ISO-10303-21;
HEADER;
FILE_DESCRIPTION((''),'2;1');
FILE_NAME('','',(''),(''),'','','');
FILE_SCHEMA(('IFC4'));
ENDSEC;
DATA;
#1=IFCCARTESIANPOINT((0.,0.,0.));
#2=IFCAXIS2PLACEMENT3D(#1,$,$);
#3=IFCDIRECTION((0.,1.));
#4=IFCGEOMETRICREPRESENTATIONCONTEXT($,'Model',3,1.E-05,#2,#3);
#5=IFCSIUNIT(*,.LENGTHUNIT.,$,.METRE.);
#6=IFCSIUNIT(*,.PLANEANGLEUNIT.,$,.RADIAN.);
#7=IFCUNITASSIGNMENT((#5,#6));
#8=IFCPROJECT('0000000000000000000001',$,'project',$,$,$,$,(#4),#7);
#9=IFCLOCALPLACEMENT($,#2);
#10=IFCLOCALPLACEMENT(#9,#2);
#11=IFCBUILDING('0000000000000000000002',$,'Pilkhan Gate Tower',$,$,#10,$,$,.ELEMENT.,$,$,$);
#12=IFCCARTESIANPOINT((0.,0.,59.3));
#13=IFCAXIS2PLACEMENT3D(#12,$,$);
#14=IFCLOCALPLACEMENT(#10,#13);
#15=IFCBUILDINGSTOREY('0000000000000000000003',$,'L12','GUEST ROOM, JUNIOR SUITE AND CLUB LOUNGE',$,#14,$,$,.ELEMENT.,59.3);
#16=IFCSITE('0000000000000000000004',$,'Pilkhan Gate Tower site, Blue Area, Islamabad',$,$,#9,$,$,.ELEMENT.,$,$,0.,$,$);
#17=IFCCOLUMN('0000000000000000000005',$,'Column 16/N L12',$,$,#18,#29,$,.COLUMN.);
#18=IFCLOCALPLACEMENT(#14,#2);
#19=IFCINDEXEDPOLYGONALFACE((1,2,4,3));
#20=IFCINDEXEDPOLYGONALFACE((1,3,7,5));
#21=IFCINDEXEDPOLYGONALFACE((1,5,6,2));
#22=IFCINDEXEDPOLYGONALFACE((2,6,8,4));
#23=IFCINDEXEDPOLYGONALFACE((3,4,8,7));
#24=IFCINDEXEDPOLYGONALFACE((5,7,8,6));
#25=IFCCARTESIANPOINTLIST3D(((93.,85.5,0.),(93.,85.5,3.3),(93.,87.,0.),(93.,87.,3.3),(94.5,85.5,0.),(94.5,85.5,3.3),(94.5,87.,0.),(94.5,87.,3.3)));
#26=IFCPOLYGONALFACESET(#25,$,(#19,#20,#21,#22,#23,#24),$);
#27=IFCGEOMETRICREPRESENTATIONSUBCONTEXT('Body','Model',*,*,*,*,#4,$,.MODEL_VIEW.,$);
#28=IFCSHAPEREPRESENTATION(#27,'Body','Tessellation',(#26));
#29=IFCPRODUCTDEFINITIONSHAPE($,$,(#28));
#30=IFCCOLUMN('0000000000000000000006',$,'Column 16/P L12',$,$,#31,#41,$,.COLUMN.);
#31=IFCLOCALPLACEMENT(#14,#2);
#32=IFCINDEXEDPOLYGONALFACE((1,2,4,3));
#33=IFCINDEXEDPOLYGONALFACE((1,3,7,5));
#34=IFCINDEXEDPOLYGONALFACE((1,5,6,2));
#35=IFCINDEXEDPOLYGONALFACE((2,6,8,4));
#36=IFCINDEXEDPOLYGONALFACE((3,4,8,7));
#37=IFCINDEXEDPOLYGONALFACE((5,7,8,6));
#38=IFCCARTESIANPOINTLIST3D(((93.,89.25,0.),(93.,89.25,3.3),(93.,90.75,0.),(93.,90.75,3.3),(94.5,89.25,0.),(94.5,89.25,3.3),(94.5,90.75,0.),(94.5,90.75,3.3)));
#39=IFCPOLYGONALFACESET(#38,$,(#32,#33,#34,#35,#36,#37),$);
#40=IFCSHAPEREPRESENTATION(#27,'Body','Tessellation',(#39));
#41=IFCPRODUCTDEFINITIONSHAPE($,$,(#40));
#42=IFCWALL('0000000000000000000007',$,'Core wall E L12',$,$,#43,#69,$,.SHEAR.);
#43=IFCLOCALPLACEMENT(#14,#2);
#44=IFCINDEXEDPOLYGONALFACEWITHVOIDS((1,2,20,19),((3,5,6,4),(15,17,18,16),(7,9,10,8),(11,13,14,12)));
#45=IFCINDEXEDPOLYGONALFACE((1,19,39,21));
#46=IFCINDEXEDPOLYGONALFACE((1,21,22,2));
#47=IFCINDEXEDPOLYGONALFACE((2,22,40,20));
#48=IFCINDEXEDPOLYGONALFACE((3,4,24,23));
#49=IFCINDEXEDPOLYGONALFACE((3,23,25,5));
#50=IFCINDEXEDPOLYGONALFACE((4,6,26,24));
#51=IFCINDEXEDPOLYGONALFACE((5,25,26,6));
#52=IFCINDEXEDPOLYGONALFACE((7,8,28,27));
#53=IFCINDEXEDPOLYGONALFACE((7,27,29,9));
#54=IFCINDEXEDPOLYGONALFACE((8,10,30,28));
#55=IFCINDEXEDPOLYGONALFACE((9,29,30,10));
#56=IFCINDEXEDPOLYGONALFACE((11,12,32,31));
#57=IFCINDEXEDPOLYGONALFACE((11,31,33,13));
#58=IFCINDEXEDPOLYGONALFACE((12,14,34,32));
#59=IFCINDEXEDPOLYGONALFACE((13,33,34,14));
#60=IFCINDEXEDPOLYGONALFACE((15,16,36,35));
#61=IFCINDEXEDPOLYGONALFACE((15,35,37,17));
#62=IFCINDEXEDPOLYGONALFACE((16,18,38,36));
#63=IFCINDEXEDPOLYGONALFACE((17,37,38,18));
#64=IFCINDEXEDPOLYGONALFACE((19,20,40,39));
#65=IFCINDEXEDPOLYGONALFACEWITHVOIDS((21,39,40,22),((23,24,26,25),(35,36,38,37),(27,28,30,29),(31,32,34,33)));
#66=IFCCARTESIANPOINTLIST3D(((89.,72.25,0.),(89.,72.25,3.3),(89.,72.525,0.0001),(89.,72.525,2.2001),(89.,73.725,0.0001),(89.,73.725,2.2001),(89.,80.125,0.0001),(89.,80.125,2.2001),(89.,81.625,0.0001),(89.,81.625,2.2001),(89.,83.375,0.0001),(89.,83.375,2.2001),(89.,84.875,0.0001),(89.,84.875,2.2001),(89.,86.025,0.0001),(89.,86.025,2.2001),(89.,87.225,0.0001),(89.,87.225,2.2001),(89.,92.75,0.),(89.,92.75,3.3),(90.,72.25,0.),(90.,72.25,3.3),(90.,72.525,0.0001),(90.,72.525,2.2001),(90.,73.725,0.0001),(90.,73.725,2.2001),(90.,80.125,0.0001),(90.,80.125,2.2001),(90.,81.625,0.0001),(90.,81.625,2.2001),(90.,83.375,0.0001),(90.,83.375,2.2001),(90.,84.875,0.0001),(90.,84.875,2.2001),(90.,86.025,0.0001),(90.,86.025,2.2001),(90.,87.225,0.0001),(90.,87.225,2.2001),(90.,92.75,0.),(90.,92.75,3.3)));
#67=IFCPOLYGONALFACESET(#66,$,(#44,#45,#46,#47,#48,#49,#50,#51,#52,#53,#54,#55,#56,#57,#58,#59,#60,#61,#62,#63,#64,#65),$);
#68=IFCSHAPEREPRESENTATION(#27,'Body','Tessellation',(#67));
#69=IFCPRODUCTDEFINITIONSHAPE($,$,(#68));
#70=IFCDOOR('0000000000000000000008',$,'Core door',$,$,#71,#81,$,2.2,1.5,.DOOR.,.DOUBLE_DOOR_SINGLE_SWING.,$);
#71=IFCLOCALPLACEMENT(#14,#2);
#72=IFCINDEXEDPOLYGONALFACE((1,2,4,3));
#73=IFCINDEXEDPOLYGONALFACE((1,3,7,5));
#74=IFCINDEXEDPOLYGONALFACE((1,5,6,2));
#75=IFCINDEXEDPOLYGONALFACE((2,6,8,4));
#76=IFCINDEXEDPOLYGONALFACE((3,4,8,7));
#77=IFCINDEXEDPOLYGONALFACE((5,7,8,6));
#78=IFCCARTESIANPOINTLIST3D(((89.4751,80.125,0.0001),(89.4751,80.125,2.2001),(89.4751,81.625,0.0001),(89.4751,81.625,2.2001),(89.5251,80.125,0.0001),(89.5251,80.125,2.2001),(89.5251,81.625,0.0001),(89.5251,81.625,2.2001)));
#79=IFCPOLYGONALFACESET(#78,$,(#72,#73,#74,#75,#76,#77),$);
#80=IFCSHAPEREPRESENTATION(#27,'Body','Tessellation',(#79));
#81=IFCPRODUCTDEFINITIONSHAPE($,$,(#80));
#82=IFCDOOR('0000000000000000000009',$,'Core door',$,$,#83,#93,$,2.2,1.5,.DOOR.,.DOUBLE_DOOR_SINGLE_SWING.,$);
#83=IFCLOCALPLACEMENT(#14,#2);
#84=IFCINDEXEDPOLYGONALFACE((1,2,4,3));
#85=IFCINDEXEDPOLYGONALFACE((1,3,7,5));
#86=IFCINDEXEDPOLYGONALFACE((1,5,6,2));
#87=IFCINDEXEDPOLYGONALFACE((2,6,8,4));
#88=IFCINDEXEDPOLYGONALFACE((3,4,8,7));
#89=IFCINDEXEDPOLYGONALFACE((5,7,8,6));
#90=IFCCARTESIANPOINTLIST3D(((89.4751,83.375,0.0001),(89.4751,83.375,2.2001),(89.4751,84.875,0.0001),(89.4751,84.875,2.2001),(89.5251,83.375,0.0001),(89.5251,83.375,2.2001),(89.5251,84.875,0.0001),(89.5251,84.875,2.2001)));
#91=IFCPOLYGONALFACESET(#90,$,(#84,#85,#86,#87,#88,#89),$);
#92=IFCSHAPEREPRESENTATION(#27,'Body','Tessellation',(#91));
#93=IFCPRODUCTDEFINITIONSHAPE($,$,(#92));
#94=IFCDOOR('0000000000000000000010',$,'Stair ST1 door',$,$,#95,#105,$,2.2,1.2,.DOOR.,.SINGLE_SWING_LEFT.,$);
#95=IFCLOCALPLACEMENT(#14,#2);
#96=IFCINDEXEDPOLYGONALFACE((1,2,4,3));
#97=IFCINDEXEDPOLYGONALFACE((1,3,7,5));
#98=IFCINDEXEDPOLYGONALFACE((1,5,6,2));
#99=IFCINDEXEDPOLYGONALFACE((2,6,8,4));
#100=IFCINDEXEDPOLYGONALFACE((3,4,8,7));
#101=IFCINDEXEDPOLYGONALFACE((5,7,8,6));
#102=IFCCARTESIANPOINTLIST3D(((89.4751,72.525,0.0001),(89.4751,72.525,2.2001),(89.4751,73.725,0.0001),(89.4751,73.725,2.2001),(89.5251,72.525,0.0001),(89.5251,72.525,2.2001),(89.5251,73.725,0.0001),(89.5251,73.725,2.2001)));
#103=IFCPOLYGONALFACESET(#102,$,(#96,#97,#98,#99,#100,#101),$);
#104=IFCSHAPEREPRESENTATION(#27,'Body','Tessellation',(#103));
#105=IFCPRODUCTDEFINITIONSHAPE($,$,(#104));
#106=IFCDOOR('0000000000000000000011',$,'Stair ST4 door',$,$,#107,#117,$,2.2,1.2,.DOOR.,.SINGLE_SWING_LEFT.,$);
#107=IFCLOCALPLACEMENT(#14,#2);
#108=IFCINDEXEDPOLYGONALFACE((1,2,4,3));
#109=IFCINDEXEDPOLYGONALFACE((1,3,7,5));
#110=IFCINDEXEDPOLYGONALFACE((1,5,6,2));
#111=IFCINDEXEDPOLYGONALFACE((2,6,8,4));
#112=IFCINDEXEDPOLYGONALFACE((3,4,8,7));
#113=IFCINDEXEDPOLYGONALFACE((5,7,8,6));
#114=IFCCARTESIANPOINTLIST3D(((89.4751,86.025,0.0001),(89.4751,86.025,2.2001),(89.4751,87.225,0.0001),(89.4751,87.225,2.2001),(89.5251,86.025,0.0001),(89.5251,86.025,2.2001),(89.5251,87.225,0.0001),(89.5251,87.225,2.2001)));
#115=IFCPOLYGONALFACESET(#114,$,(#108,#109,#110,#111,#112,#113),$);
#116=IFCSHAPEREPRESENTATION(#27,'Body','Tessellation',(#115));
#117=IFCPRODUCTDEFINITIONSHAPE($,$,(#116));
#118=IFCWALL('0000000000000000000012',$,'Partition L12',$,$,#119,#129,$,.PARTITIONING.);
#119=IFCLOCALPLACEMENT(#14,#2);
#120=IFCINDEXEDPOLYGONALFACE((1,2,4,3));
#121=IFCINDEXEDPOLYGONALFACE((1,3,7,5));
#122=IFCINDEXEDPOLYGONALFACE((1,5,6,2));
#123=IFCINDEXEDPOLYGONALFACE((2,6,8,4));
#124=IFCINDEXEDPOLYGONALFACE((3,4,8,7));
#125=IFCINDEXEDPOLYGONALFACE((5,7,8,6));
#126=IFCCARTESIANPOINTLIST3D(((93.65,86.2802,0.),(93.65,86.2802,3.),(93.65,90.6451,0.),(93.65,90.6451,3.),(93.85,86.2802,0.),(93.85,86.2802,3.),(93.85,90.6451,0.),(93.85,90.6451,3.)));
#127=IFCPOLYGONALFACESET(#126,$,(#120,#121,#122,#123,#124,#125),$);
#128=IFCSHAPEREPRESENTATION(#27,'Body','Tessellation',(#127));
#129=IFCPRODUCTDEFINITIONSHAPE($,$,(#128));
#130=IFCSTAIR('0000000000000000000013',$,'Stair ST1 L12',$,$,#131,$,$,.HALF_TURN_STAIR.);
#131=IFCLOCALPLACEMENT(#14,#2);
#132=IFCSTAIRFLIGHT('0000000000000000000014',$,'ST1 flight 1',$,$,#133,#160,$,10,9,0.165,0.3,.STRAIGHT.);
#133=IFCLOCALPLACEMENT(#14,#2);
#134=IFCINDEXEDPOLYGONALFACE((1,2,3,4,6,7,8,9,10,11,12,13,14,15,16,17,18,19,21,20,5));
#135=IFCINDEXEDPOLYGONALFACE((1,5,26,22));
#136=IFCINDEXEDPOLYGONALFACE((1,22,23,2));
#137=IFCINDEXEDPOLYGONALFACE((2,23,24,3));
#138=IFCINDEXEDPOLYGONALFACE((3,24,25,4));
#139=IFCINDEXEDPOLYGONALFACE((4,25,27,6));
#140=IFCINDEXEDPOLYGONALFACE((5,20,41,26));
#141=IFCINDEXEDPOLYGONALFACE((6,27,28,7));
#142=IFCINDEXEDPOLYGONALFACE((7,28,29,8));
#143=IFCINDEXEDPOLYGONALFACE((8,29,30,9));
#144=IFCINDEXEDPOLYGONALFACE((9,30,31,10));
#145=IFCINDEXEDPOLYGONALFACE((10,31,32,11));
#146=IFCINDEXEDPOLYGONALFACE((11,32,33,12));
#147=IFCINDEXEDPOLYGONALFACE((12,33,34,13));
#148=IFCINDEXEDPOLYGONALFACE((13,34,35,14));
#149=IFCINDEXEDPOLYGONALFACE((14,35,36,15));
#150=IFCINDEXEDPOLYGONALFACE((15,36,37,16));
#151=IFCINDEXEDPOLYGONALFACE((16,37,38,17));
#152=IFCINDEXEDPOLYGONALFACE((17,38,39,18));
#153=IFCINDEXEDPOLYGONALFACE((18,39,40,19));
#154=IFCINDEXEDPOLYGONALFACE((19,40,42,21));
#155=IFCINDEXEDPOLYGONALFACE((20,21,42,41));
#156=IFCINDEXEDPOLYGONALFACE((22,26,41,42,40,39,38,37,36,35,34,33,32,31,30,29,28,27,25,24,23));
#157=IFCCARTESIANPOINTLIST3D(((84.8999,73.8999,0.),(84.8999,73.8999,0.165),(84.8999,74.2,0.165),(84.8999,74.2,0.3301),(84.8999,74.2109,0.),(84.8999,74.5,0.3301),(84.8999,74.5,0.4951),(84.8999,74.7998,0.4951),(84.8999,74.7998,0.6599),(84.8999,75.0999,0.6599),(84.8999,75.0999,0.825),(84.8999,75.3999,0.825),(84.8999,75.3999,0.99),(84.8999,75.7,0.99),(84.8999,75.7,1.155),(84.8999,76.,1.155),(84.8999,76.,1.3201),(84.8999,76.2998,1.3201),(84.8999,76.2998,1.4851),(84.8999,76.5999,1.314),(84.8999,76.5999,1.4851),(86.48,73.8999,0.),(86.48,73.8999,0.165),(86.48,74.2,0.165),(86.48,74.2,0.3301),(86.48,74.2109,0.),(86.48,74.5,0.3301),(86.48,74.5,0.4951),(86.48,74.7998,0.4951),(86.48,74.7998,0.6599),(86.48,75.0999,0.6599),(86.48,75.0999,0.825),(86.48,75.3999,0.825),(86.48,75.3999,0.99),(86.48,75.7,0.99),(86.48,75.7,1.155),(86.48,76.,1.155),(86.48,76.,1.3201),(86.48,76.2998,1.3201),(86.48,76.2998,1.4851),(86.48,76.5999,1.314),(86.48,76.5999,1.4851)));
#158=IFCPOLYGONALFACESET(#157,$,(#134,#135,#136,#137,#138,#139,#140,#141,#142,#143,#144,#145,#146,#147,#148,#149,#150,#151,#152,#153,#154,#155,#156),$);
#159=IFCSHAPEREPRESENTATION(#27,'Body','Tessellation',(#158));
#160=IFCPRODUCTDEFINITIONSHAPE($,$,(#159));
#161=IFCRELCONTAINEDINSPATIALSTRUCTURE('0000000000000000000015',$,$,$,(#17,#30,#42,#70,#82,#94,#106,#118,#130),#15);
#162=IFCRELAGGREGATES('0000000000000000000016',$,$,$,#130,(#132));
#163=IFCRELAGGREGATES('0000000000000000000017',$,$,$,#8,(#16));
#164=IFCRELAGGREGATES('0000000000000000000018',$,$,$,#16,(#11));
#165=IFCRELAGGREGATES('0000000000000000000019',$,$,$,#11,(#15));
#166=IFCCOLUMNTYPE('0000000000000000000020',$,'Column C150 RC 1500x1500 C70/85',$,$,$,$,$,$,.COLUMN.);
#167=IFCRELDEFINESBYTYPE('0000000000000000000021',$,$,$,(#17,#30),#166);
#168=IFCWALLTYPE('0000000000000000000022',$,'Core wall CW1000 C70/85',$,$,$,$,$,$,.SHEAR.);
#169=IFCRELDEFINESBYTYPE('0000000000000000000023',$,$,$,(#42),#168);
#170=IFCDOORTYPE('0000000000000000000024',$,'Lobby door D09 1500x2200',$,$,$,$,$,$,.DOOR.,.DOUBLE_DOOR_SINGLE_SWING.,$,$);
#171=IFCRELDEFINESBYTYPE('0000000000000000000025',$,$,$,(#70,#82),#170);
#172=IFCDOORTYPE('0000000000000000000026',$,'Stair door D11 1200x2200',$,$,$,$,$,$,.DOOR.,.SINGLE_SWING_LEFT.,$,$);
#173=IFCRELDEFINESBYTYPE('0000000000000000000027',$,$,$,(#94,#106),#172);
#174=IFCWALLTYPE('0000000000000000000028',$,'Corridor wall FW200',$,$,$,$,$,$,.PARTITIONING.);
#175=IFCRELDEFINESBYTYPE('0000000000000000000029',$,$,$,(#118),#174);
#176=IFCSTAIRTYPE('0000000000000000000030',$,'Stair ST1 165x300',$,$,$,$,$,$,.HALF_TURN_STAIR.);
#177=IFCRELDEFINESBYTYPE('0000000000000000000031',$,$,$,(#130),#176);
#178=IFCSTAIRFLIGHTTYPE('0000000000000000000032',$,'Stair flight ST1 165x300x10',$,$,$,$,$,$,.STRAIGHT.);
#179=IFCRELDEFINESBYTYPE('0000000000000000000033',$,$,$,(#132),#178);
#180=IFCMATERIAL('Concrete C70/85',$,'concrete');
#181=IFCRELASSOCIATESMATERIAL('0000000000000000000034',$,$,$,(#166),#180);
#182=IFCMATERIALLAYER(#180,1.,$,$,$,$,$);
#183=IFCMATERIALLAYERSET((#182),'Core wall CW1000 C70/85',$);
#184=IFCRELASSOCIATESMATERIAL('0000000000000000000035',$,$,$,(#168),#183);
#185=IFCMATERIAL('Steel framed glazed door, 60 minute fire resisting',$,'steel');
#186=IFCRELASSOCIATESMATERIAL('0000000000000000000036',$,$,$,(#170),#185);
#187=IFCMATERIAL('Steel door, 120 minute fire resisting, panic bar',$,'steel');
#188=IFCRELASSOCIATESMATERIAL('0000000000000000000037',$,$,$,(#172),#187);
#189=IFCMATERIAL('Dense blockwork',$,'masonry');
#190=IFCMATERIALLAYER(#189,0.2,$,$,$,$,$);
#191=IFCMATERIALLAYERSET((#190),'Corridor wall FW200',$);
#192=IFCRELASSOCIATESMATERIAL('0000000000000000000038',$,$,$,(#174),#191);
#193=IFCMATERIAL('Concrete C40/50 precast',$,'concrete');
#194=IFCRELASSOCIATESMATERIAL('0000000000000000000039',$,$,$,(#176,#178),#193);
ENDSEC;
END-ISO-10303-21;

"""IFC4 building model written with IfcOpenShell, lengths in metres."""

from ifc_helpers import new_model, si_unit, direction, frame, frame_2d, origin, origin_2d, place, context, subcontext, project, spatial, polyline, rectangle, outline, extrude, material, layer, layer_set, material_profile, profile_set, type_object, element, fill, aggregate, save


model = new_model("IFC4")

# Units and contexts
model_context = context("Model", 3, precision=1e-05, world=origin(), true_north=direction((0.0, 1.0)))
body_context = subcontext(model_context, "Body", "Model", "MODEL_VIEW")
ifc_project = project(units=[si_unit("LENGTHUNIT", "METRE"), si_unit("PLANEANGLEUNIT", "RADIAN")], contexts=[model_context])

# Site, building, storey
site_placement = place(None, origin())
site = spatial("IfcSite", under=ifc_project, at=site_placement, Name="Pilkhan Gate Tower site, Blue Area, Islamabad", CompositionType="ELEMENT", RefElevation=0.0)
building_placement = place(site_placement, origin())
building = spatial("IfcBuilding", under=site, at=building_placement, Name="Pilkhan Gate Tower", CompositionType="ELEMENT")
storey_placement = place(building_placement, frame((0.0, 0.0, 59.3)))
storey = spatial("IfcBuildingStorey", under=building, at=storey_placement, Name="L12", Description="GUEST ROOM, JUNIOR SUITE AND CLUB LOUNGE", CompositionType="ELEMENT", Elevation=59.3)

# Columns
ifc_material_1 = material(Name="Concrete C70/85", Category="concrete")
ifc_material_profile = material_profile(ifc_material_1, rectangle(XDim=1.5, YDim=1.5, at=origin_2d()), Name="RC 1500x1500")
ifc_profile_set = profile_set([ifc_material_profile], Name="Concrete C70/85")
column_type = type_object("IfcColumnType", Name="Column C150 RC 1500x1500 C70/85", PredefinedType="COLUMN", material=ifc_profile_set)
for number, where, z_axis, x_axis, name in (
    (1, (93.75, 86.25, 0.0), (0.0, 0.0, 1.0), (1.0, 0.0, 0.0), "Column 16/N L12"),
    (2, (93.75, 90.0, 0.0), (0.0, 0.0, 1.0), (1.0, 0.0, 0.0), "Column 16/P L12"),
):
    element("IfcColumn", number, at=place(storey_placement, frame(where, z_axis=z_axis, x_axis=x_axis)), inside=storey, type_object=column_type, Name=name, PredefinedType="COLUMN", context=body_context, shape_type="SweptSolid", body=[
        extrude(rectangle(XDim=1.5, YDim=1.5, at=origin_2d()), origin(), (0.0, 0.0, 1.0), 3.3),
    ])

# Wall, openings, doors
ifc_layer_1 = layer(ifc_material_1, 1.0)
ifc_layer_set_1 = layer_set([ifc_layer_1], Name="Core wall CW1000 C70/85")
wall_type_1 = type_object("IfcWallType", Name="Core wall CW1000 C70/85", PredefinedType="SHEAR", material=ifc_layer_set_1)
wall_1_placement = place(storey_placement, frame((89.5, 72.25, 0.0), z_axis=(0.0, 0.0, 1.0), x_axis=(0.0, 1.0, 0.0)))
wall_1 = element("IfcWall", 3, at=wall_1_placement, inside=storey, type_object=wall_type_1, Name="Core wall E L12", PredefinedType="SHEAR", context=body_context, shape_type="SweptSolid", body=[
    extrude(rectangle(XDim=20.5, YDim=1.0, at=frame_2d((10.25, 0.0))), origin(), (0.0, 0.0, 1.0), 3.3),
])
opening_1_placement = place(wall_1_placement, frame((0.2749, 0.0, 0.0)))
opening_1 = element("IfcOpeningElement", 4, at=opening_1_placement, cuts=wall_1, PredefinedType="OPENING", context=body_context, shape_type="SweptSolid", body=[
    extrude(rectangle(XDim=1.2, YDim=2.2, at=frame_2d((0.6001, 1.1001))), frame((0.0, 0.51, 0.0), z_axis=(0.0, -1.0, 0.0), x_axis=(1.0, 0.0, 0.0)), (0.0, 0.0, 1.0), 1.02),
])
opening_2_placement = place(wall_1_placement, frame((13.7749, 0.0, 0.0)))
opening_2 = element("IfcOpeningElement", 5, at=opening_2_placement, cuts=wall_1, PredefinedType="OPENING", context=body_context, shape_type="SweptSolid", body=[
    extrude(rectangle(XDim=1.2, YDim=2.2, at=frame_2d((0.6001, 1.1001))), frame((0.0, 0.51, 0.0), z_axis=(0.0, -1.0, 0.0), x_axis=(1.0, 0.0, 0.0)), (0.0, 0.0, 1.0), 1.02),
])
opening_3_placement = place(wall_1_placement, frame((7.875, 0.0, 0.0)))
opening_3 = element("IfcOpeningElement", 6, at=opening_3_placement, cuts=wall_1, PredefinedType="OPENING", context=body_context, shape_type="SweptSolid", body=[
    extrude(rectangle(XDim=1.5, YDim=2.2, at=frame_2d((0.75, 1.1001))), frame((0.0, 0.51, 0.0), z_axis=(0.0, -1.0, 0.0), x_axis=(1.0, 0.0, 0.0)), (0.0, 0.0, 1.0), 1.02),
])
opening_4_placement = place(wall_1_placement, frame((11.125, 0.0, 0.0)))
opening_4 = element("IfcOpeningElement", 7, at=opening_4_placement, cuts=wall_1, PredefinedType="OPENING", context=body_context, shape_type="SweptSolid", body=[
    extrude(rectangle(XDim=1.5, YDim=2.2, at=frame_2d((0.75, 1.1001))), frame((0.0, 0.51, 0.0), z_axis=(0.0, -1.0, 0.0), x_axis=(1.0, 0.0, 0.0)), (0.0, 0.0, 1.0), 1.02),
])
ifc_material_2 = material(Name="Steel framed glazed door, 60 minute fire resisting", Category="steel")
door_type_1 = type_object("IfcDoorType", Name="Lobby door D09 1500x2200", OperationType="DOUBLE_DOOR_SINGLE_SWING", PredefinedType="DOOR", material=ifc_material_2)
door_1_placement = place(opening_3_placement, origin())
door_1 = element("IfcDoor", 8, at=door_1_placement, inside=storey, type_object=door_type_1, Name="Core door", OperationType="DOUBLE_DOOR_SINGLE_SWING", OverallHeight=2.2, OverallWidth=1.5, PredefinedType="DOOR", context=body_context, shape_type="SweptSolid", body=[
    extrude(rectangle(XDim=1.5, YDim=2.2, at=frame_2d((0.75, 1.1001))), frame((0.0, 0.0249, 0.0), z_axis=(0.0, -1.0, 0.0), x_axis=(1.0, 0.0, 0.0)), (0.0, 0.0, 1.0), 0.05),
])
fill(opening_3, door_1)
door_2_placement = place(opening_4_placement, origin())
door_2 = element("IfcDoor", 9, at=door_2_placement, inside=storey, type_object=door_type_1, Name="Core door", OperationType="DOUBLE_DOOR_SINGLE_SWING", OverallHeight=2.2, OverallWidth=1.5, PredefinedType="DOOR", context=body_context, shape_type="SweptSolid", body=[
    extrude(rectangle(XDim=1.5, YDim=2.2, at=frame_2d((0.75, 1.1001))), frame((0.0, 0.0249, 0.0), z_axis=(0.0, -1.0, 0.0), x_axis=(1.0, 0.0, 0.0)), (0.0, 0.0, 1.0), 0.05),
])
fill(opening_4, door_2)
ifc_material_3 = material(Name="Steel door, 120 minute fire resisting, panic bar", Category="steel")
door_type_2 = type_object("IfcDoorType", Name="Stair door D11 1200x2200", OperationType="SINGLE_SWING_LEFT", PredefinedType="DOOR", material=ifc_material_3)
door_3_placement = place(opening_1_placement, origin())
door_3 = element("IfcDoor", 10, at=door_3_placement, inside=storey, type_object=door_type_2, Name="Stair ST1 door", OperationType="SINGLE_SWING_LEFT", OverallHeight=2.2, OverallWidth=1.2, PredefinedType="DOOR", context=body_context, shape_type="SweptSolid", body=[
    extrude(rectangle(XDim=1.2, YDim=2.2, at=frame_2d((0.6001, 1.1001))), frame((0.0, 0.0249, 0.0), z_axis=(0.0, -1.0, 0.0), x_axis=(1.0, 0.0, 0.0)), (0.0, 0.0, 1.0), 0.05),
])
fill(opening_1, door_3)
door_4_placement = place(opening_2_placement, origin())
door_4 = element("IfcDoor", 11, at=door_4_placement, inside=storey, type_object=door_type_2, Name="Stair ST4 door", OperationType="SINGLE_SWING_LEFT", OverallHeight=2.2, OverallWidth=1.2, PredefinedType="DOOR", context=body_context, shape_type="SweptSolid", body=[
    extrude(rectangle(XDim=1.2, YDim=2.2, at=frame_2d((0.6001, 1.1001))), frame((0.0, 0.0249, 0.0), z_axis=(0.0, -1.0, 0.0), x_axis=(1.0, 0.0, 0.0)), (0.0, 0.0, 1.0), 0.05),
])
fill(opening_2, door_4)

# Wall
ifc_material_4 = material(Name="Dense blockwork", Category="masonry")
ifc_layer_2 = layer(ifc_material_4, 0.2)
ifc_layer_set_2 = layer_set([ifc_layer_2], Name="Corridor wall FW200")
wall_type_2 = type_object("IfcWallType", Name="Corridor wall FW200", PredefinedType="PARTITIONING", material=ifc_layer_set_2)
wall_2_placement = place(storey_placement, frame((93.75, 86.28, 0.0), z_axis=(0.0, 0.0, 1.0), x_axis=(0.0, 1.0, 0.0)))
element("IfcWall", 12, at=wall_2_placement, inside=storey, type_object=wall_type_2, Name="Partition L12", PredefinedType="PARTITIONING", context=body_context, shape_type="SweptSolid", body=[
    extrude(rectangle(XDim=4.365, YDim=0.2, at=frame_2d((2.1826, 0.0))), origin(), (0.0, 0.0, 1.0), 3.0),
])

# Stair, stair flight
ifc_material_5 = material(Name="Concrete C40/50 precast", Category="concrete")
stair_type_1 = type_object("IfcStairType", Name="Stair ST1 165x300", PredefinedType="HALF_TURN_STAIR", material=ifc_material_5)
stair_1_placement = place(storey_placement, origin())
stair_1 = element("IfcStair", 13, at=stair_1_placement, inside=storey, type_object=stair_type_1, Name="Stair ST1 L12", PredefinedType="HALF_TURN_STAIR")
stair_flight_type_1 = type_object("IfcStairFlightType", Name="Stair flight ST1 165x300x10", PredefinedType="STRAIGHT", material=ifc_material_5)
stair_flight_1_placement = place(storey_placement, frame((85.6899, 73.8999, 0.0), z_axis=(0.0, 0.0, 1.0), x_axis=(0.0, 1.0, 0.0)))
stair_flight_1 = element("IfcStairFlight", 14, at=stair_flight_1_placement, type_object=stair_flight_type_1, Name="ST1 flight 1", NumberOfRisers=10, NumberOfTreads=9, PredefinedType="STRAIGHT", RiserHeight=0.165, TreadLength=0.3, context=body_context, shape_type="SweptSolid", body=[
    extrude(outline(polyline([(0.0, 0.0), (0.0, 0.165), (0.3, 0.165), (0.3, 0.3301), (0.6001, 0.3301), (0.6001, 0.4951), (0.8999, 0.4951), (0.8999, 0.6599), (1.2, 0.6599), (1.2, 0.825), (1.5, 0.825), (1.5, 0.99), (1.8, 0.99), (1.8, 1.155), (2.1001, 1.155), (2.1001, 1.3201), (2.3999, 1.3201), (2.3999, 1.4851), (2.7, 1.4851), (2.7, 1.6499), (2.7, 1.314), (0.311, 0.0), (0.0, 0.0)])), frame((0.0, 0.79, 0.0), z_axis=(0.0, -1.0, 0.0), x_axis=(1.0, 0.0, 0.0)), (0.0, 0.0, 1.0), 1.5801),
])
aggregate(stair_1, [stair_flight_1])

save(model, "model.ifc")
